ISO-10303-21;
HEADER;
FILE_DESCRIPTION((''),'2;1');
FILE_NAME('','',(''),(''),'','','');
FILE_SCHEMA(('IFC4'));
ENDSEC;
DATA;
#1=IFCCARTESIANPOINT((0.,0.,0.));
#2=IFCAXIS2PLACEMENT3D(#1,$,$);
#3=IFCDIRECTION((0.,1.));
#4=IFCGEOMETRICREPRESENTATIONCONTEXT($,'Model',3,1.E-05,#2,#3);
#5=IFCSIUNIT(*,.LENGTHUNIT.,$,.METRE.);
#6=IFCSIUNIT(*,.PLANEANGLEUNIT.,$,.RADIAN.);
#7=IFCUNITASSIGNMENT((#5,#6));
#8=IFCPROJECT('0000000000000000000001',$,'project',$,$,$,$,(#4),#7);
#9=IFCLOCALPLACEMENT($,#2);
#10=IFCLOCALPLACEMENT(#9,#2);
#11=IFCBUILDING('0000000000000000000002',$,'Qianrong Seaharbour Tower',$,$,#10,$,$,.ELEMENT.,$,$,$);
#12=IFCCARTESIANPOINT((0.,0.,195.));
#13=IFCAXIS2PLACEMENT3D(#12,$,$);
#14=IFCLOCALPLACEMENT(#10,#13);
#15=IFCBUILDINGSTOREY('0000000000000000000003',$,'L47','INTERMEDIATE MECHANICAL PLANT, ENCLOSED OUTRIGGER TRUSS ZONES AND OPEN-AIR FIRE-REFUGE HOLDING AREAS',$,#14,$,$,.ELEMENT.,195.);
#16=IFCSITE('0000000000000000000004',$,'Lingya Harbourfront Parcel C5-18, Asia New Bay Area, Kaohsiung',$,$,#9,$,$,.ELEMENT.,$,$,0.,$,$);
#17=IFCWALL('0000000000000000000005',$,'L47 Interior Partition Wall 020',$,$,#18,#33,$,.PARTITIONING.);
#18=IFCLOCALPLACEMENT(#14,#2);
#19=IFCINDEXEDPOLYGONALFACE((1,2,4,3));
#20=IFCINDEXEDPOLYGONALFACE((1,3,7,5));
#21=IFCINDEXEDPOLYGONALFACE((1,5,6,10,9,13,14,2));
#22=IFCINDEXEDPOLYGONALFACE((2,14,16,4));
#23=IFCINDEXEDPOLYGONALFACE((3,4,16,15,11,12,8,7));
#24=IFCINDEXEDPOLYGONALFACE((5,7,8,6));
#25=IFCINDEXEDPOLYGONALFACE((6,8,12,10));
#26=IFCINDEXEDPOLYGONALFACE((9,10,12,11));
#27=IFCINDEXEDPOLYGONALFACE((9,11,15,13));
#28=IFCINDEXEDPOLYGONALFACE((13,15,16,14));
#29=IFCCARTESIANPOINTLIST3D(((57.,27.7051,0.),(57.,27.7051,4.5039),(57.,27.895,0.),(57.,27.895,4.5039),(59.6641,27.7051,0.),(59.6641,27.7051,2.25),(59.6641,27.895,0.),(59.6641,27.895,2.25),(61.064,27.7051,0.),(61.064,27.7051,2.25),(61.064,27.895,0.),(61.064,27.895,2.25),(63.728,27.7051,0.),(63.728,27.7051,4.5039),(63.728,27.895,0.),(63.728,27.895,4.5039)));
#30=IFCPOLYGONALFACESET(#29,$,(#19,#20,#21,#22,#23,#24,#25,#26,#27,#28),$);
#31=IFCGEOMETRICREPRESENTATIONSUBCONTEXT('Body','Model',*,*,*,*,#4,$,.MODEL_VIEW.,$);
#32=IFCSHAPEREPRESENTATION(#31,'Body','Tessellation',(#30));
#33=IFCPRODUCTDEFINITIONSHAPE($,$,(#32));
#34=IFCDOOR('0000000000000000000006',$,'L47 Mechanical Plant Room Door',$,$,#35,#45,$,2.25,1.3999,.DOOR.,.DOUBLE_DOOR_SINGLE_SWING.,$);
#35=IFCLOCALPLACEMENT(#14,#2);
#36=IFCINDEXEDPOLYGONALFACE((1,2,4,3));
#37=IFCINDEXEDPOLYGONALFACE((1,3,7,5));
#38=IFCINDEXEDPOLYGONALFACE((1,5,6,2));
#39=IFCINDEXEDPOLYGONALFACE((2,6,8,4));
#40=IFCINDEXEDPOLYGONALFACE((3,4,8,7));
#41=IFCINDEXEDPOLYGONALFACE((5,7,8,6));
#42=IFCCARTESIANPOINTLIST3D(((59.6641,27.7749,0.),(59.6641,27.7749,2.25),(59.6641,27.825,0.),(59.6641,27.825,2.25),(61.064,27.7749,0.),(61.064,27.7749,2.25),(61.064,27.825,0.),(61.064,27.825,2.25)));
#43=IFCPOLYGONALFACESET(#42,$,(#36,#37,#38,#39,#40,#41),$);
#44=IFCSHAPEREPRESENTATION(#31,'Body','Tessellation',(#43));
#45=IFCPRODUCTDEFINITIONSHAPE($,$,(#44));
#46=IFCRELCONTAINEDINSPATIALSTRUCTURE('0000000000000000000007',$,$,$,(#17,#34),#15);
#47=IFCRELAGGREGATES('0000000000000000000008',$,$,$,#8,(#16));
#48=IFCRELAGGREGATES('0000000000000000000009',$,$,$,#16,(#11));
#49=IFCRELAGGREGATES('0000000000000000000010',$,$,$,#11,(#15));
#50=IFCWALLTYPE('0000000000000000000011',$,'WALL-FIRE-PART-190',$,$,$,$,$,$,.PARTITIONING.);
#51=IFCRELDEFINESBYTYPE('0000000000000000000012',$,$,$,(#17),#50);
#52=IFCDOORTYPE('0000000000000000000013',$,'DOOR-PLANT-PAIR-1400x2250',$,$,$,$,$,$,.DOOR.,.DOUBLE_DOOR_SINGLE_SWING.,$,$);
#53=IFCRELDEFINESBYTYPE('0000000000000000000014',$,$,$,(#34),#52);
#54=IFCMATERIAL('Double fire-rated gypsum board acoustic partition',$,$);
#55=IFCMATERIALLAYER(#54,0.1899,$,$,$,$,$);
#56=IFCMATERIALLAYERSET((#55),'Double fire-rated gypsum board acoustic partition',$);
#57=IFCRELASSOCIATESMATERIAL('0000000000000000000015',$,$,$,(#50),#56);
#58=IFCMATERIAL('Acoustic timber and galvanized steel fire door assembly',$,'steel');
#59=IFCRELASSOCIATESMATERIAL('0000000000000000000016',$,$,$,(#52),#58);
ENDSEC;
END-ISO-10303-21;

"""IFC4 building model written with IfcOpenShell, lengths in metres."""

from ifc_helpers import new_model, si_unit, direction, frame, frame_2d, origin, place, context, subcontext, project, spatial, rectangle, extrude, material, layer, layer_set, type_object, element, fill, save


model = new_model("IFC4")

# Units and contexts
model_context = context("Model", 3, precision=1e-05, world=origin(), true_north=direction((0.0, 1.0)))
body_context = subcontext(model_context, "Body", "Model", "MODEL_VIEW")
ifc_project = project(units=[si_unit("LENGTHUNIT", "METRE"), si_unit("PLANEANGLEUNIT", "RADIAN")], contexts=[model_context])

# Site, building, storey
site_placement = place(None, origin())
site = spatial("IfcSite", under=ifc_project, at=site_placement, Name="Lingya Harbourfront Parcel C5-18, Asia New Bay Area, Kaohsiung", CompositionType="ELEMENT", RefElevation=0.0)
building_placement = place(site_placement, origin())
building = spatial("IfcBuilding", under=site, at=building_placement, Name="Qianrong Seaharbour Tower", CompositionType="ELEMENT")
storey_placement = place(building_placement, frame((0.0, 0.0, 195.0)))
storey = spatial("IfcBuildingStorey", under=building, at=storey_placement, Name="L47", Description="INTERMEDIATE MECHANICAL PLANT, ENCLOSED OUTRIGGER TRUSS ZONES AND OPEN-AIR FIRE-REFUGE HOLDING AREAS", CompositionType="ELEMENT", Elevation=195.0)

# Shared definitions
ifc_material_1 = material(Name="Double fire-rated gypsum board acoustic partition")
ifc_layer_1 = layer(ifc_material_1, 0.1899)
ifc_layer_set_1 = layer_set([ifc_layer_1], Name="Double fire-rated gypsum board acoustic partition")
wall_type = type_object("IfcWallType", Name="WALL-FIRE-PART-190", PredefinedType="PARTITIONING", material=ifc_layer_set_1)

# Wall, opening, door
wall_1_placement = place(storey_placement, frame((57.0, 27.8, 0.0), z_axis=(0.0, 0.0, 1.0), x_axis=(1.0, 0.0, 0.0)))
wall_1 = element("IfcWall", 1, at=wall_1_placement, inside=storey, type_object=wall_type, Name="L47 Interior Partition Wall 020", PredefinedType="PARTITIONING", context=body_context, shape_type="SweptSolid", body=[
    extrude(rectangle(XDim=6.728, YDim=0.1899, at=frame_2d((3.364, 0.0))), origin(), (0.0, 0.0, 1.0), 4.5039),
])
opening_placement = place(wall_1_placement, frame((2.6641, 0.0, 0.0)))
opening = element("IfcOpeningElement", 2, at=opening_placement, cuts=wall_1, PredefinedType="OPENING", context=body_context, shape_type="SweptSolid", body=[
    extrude(rectangle(XDim=1.3999, YDim=2.25, at=frame_2d((0.7, 1.125))), frame((0.0, 0.105, 0.0), z_axis=(0.0, -1.0, 0.0), x_axis=(1.0, 0.0, 0.0)), (0.0, 0.0, 1.0), 0.21),
])
ifc_material_2 = material(Name="Acoustic timber and galvanized steel fire door assembly", Category="steel")
door_type = type_object("IfcDoorType", Name="DOOR-PLANT-PAIR-1400x2250", OperationType="DOUBLE_DOOR_SINGLE_SWING", PredefinedType="DOOR", material=ifc_material_2)
door_placement = place(opening_placement, origin())
door = element("IfcDoor", 3, at=door_placement, inside=storey, type_object=door_type, Name="L47 Mechanical Plant Room Door", OperationType="DOUBLE_DOOR_SINGLE_SWING", OverallHeight=2.25, OverallWidth=1.3999, PredefinedType="DOOR", context=body_context, shape_type="SweptSolid", body=[
    extrude(rectangle(XDim=1.3999, YDim=2.25, at=frame_2d((0.7, 1.125))), frame((0.0, 0.0249, 0.0), z_axis=(0.0, -1.0, 0.0), x_axis=(1.0, 0.0, 0.0)), (0.0, 0.0, 1.0), 0.05),
])
fill(opening, door)

save(model, "model.ifc")
